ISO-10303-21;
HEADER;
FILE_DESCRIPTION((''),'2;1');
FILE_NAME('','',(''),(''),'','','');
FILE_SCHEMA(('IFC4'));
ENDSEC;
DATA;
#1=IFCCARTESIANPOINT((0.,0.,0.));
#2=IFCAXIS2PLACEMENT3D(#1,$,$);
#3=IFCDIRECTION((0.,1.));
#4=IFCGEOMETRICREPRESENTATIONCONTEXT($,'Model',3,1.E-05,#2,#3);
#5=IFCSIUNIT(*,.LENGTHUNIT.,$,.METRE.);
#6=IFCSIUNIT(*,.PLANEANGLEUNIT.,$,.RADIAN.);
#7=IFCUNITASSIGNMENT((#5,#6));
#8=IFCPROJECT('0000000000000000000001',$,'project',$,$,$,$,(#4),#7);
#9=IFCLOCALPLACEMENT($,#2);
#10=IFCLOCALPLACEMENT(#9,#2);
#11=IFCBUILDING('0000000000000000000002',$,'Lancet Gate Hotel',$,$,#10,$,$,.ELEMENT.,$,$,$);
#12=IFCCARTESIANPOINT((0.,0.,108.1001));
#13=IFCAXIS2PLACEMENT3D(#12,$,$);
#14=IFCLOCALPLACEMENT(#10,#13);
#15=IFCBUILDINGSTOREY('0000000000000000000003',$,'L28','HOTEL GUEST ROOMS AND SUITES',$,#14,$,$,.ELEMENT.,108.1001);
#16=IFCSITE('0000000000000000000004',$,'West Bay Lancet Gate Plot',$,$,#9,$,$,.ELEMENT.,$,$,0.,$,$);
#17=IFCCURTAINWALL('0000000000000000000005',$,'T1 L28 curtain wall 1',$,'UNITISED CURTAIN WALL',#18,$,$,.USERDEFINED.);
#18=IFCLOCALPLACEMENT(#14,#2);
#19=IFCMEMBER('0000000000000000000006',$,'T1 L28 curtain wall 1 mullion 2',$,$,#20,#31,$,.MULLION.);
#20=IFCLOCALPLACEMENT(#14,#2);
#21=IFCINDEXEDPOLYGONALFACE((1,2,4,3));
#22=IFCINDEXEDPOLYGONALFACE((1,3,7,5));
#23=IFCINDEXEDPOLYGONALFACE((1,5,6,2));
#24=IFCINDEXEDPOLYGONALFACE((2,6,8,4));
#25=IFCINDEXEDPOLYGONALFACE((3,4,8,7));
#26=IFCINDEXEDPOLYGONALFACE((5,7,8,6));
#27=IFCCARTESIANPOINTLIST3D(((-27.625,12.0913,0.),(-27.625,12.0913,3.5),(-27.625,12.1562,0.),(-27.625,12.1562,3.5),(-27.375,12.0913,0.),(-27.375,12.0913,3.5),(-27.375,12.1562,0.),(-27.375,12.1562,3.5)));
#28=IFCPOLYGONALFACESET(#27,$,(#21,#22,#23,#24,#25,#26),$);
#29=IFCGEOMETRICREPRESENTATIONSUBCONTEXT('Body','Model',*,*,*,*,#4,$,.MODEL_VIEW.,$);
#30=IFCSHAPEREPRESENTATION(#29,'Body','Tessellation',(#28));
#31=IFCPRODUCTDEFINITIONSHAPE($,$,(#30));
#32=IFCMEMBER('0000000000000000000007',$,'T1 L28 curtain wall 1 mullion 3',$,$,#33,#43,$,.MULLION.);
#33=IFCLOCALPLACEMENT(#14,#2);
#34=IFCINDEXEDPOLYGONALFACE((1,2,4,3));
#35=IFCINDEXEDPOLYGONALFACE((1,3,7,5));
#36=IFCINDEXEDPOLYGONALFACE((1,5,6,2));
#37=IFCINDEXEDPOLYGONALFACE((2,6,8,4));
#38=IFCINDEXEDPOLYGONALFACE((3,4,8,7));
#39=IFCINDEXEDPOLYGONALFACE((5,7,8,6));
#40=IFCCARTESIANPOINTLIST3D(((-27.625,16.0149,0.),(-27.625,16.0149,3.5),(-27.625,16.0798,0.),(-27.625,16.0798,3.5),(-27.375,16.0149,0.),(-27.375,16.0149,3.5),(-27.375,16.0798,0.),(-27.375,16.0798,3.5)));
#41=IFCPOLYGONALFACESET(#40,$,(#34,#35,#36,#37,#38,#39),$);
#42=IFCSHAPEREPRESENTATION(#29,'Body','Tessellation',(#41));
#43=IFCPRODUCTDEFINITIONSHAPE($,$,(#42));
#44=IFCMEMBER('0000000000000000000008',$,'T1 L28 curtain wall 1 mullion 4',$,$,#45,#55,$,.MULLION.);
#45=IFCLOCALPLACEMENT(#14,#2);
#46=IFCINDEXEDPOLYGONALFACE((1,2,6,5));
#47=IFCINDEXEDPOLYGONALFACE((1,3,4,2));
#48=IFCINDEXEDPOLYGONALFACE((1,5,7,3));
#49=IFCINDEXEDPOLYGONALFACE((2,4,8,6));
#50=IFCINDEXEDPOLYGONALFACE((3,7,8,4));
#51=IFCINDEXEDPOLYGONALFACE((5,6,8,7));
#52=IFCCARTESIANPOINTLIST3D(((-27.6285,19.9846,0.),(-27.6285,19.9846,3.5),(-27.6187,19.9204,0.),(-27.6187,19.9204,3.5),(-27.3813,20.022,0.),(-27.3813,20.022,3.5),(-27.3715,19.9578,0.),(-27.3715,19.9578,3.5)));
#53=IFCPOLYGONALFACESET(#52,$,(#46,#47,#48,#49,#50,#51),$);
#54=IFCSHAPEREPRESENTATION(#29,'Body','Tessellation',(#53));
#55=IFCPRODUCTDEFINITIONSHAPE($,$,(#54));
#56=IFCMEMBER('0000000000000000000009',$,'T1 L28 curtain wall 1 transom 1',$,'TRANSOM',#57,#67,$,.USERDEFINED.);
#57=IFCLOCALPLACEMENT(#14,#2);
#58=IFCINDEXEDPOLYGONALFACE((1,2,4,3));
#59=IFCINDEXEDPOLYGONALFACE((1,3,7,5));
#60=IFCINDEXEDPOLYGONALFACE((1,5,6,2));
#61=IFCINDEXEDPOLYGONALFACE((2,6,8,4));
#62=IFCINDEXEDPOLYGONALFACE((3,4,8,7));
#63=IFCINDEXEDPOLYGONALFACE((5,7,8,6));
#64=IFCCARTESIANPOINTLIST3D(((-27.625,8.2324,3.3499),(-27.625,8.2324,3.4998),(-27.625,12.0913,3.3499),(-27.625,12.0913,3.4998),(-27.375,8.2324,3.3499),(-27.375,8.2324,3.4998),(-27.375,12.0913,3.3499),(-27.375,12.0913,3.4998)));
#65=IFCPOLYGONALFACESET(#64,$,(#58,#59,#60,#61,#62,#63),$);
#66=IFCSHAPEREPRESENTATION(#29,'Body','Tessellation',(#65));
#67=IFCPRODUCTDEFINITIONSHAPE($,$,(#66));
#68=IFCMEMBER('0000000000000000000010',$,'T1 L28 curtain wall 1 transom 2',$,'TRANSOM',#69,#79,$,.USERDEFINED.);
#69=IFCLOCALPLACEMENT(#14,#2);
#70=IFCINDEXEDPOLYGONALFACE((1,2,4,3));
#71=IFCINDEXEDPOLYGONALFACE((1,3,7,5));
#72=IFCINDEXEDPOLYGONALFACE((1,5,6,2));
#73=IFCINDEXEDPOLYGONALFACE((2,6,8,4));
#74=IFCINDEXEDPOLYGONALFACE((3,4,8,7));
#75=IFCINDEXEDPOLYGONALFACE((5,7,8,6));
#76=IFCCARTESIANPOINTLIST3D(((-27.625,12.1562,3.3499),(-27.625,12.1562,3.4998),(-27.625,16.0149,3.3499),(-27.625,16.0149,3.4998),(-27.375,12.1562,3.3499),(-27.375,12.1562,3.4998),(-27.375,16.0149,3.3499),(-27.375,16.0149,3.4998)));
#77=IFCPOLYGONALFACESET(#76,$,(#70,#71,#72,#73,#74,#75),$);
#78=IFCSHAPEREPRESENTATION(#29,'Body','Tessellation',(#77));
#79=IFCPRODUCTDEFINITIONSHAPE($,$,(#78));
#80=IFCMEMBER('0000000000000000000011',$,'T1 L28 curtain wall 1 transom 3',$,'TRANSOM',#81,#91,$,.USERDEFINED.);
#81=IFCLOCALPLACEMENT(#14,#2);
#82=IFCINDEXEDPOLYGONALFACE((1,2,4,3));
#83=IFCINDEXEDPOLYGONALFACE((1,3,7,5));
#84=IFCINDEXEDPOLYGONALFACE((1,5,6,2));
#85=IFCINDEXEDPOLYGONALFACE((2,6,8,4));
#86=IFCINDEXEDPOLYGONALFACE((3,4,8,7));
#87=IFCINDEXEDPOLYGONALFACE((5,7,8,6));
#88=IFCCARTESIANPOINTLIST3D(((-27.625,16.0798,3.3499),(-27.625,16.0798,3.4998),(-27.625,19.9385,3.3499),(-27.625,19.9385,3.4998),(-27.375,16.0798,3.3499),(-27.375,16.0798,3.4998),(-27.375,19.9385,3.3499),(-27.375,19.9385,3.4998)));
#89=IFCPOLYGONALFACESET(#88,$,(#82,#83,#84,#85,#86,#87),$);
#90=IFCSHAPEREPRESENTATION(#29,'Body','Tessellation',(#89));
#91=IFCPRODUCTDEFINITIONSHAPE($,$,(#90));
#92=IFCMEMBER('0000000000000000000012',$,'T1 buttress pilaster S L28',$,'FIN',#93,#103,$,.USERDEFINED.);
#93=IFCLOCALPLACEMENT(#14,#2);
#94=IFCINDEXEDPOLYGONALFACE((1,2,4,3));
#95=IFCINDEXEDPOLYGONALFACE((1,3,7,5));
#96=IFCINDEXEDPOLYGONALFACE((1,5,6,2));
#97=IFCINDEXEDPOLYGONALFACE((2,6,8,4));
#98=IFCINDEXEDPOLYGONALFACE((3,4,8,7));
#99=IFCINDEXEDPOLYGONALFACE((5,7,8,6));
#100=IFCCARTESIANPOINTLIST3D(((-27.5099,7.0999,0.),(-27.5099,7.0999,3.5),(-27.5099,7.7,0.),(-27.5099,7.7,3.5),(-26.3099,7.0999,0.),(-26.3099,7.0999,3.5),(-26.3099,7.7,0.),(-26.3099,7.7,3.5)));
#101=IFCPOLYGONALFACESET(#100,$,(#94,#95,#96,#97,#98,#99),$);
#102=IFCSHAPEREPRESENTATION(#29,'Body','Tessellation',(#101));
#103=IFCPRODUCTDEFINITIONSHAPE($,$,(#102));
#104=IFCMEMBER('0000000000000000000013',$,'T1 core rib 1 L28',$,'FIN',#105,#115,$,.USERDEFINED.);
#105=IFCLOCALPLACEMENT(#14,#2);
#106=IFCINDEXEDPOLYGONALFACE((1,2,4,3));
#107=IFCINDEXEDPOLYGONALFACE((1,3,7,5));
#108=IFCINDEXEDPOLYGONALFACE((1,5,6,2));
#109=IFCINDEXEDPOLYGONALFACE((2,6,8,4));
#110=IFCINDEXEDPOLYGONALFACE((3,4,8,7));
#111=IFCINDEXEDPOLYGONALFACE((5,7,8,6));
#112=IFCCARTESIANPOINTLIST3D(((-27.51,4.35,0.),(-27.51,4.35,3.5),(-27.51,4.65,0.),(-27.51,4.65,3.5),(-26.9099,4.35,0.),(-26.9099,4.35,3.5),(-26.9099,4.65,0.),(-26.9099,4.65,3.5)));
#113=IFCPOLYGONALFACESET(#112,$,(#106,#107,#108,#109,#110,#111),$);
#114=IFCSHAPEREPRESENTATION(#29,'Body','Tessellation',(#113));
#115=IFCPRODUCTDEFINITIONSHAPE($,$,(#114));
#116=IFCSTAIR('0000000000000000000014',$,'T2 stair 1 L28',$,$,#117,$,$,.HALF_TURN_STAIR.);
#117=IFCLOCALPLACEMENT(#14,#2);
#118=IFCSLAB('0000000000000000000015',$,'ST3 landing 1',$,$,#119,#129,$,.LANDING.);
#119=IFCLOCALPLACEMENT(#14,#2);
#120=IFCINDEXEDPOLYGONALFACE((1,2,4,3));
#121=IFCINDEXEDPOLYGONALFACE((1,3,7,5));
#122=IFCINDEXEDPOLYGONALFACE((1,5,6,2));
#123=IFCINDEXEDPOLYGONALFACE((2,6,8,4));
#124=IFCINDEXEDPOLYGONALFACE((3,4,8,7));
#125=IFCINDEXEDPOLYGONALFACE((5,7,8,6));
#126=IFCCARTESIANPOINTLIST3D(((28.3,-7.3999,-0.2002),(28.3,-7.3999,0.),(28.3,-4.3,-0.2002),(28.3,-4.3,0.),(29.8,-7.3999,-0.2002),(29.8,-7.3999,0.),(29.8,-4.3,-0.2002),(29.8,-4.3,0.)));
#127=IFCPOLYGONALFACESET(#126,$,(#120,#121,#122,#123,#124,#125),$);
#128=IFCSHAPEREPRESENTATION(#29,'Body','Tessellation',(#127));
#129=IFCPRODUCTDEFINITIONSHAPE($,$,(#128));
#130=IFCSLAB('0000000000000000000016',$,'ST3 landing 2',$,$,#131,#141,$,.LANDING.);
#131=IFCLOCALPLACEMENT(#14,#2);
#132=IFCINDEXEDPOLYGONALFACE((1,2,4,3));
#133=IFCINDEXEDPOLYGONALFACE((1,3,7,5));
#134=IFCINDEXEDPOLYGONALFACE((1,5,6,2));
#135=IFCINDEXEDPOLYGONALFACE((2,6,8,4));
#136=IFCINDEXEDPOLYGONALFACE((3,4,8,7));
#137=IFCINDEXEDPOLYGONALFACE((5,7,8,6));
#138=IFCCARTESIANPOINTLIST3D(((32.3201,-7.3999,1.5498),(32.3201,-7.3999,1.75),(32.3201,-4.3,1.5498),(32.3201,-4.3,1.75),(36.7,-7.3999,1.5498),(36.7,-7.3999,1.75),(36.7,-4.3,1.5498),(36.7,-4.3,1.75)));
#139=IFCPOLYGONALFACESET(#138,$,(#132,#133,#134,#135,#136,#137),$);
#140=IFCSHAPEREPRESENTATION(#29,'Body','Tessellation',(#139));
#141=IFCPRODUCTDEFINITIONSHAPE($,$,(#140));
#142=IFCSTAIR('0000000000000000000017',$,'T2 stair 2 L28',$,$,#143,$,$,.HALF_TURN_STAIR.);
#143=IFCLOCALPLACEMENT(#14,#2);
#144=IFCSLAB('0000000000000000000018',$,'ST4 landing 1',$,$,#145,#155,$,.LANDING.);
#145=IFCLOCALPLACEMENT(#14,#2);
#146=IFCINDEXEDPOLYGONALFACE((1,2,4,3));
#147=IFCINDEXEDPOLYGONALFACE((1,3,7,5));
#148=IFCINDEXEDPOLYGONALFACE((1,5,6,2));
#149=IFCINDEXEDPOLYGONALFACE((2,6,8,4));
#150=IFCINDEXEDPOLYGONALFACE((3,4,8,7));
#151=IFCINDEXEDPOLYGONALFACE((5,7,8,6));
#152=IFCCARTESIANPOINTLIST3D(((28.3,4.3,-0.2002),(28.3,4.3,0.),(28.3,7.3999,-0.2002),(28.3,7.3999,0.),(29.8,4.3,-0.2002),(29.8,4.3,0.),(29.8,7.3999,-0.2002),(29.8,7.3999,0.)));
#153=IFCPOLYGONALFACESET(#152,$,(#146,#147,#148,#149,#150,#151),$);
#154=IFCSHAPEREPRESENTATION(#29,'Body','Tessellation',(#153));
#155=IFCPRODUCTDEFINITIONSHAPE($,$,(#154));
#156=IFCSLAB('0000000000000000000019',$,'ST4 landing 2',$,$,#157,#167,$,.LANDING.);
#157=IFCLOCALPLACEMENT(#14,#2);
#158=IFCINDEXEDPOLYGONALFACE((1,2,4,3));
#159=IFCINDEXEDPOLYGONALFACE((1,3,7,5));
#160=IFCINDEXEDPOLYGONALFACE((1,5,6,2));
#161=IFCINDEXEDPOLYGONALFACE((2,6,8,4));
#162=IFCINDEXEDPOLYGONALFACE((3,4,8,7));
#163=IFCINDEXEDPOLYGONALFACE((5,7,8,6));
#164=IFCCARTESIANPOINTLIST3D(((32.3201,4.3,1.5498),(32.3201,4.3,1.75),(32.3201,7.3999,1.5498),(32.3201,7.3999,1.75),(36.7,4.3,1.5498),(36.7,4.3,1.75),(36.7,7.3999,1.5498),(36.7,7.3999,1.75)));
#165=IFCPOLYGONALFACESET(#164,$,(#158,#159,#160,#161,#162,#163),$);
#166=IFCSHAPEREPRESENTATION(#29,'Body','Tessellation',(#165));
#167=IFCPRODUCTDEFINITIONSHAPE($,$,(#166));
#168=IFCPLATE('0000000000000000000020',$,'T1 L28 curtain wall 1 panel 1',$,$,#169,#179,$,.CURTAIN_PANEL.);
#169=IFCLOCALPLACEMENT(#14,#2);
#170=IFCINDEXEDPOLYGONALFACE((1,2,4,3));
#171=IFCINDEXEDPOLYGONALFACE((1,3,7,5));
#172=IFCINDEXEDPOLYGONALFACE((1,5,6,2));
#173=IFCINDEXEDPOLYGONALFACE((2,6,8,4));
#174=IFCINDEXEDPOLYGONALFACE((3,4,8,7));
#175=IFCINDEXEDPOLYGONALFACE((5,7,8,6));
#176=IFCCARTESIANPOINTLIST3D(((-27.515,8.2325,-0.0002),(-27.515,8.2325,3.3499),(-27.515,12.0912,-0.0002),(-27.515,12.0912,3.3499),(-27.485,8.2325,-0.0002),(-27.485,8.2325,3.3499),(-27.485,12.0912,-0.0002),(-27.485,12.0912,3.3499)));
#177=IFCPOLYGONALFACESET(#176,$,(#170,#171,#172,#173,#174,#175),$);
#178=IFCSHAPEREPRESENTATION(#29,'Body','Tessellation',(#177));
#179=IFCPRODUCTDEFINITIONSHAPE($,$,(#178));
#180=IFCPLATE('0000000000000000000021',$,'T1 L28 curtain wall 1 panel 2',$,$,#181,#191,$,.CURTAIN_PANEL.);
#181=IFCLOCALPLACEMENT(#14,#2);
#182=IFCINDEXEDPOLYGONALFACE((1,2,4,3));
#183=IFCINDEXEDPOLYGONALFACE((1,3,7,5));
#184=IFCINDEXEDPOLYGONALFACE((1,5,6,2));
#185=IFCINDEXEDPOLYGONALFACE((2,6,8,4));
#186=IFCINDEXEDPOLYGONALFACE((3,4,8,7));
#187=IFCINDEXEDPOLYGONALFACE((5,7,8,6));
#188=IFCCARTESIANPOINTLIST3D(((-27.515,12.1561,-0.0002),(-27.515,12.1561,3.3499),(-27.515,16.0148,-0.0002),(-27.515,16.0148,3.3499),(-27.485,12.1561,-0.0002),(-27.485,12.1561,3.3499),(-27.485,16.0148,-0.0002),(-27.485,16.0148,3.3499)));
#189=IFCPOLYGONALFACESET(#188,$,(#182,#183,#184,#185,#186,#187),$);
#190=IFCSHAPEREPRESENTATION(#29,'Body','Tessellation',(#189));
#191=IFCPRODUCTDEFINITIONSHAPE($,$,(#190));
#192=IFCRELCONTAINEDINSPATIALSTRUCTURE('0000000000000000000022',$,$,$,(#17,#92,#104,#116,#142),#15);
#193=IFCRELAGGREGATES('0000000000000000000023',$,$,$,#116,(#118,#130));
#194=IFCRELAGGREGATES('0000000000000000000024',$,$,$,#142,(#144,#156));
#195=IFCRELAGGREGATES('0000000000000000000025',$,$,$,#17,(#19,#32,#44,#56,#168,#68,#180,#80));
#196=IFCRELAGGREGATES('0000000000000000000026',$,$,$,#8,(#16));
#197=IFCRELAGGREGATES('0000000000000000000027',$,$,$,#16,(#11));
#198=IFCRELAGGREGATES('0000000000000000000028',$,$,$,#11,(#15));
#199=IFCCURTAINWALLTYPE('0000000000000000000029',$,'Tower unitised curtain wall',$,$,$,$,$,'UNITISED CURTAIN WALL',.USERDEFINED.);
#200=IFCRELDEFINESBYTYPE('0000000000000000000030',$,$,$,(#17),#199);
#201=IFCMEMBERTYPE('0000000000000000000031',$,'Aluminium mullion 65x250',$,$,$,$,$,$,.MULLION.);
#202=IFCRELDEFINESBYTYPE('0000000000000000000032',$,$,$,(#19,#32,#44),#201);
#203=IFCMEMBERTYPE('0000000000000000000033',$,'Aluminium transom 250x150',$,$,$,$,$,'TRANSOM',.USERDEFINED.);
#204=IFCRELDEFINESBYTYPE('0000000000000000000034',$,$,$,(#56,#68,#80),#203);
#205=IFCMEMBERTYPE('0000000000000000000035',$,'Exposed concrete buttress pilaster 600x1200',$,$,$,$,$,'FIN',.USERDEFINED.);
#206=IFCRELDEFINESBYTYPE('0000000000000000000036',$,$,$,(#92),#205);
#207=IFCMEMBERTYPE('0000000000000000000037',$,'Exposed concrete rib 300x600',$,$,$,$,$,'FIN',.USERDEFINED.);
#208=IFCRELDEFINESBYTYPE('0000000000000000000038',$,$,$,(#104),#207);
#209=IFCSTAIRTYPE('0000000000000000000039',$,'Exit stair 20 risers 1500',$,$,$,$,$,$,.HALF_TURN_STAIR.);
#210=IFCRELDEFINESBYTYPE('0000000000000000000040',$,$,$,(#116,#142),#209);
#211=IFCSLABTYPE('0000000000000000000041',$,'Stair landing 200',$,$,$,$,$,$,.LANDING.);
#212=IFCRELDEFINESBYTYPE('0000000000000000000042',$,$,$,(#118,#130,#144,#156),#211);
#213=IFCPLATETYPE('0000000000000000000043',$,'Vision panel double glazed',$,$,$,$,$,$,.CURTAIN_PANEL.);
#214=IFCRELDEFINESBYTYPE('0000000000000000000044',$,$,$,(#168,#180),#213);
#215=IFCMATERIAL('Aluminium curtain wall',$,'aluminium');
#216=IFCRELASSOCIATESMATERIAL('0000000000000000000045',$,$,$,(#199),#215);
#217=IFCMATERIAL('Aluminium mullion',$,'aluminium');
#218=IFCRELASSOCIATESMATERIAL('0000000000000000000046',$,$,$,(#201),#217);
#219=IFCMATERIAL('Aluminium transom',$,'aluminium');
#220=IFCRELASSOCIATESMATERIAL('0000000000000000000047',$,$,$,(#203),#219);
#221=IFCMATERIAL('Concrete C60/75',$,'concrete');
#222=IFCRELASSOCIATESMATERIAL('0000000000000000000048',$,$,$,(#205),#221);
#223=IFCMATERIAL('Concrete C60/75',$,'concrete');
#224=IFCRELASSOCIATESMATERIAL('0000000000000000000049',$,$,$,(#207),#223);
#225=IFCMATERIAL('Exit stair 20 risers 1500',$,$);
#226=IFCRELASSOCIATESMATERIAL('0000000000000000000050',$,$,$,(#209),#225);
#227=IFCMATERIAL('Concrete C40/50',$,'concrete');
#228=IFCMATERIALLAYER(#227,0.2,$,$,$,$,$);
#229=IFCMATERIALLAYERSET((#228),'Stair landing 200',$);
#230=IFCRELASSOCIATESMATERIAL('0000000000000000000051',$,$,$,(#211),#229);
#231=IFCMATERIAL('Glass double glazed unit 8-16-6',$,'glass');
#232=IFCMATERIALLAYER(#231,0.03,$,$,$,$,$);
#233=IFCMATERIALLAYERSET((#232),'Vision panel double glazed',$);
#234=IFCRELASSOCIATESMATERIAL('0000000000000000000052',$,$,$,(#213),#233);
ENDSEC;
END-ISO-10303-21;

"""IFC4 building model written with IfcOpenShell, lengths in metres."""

from ifc_helpers import new_model, si_unit, direction, frame, origin, origin_2d, place, context, subcontext, project, spatial, polyline, rectangle, outline, extrude, material, layer, layer_set, material_profile, profile_set, type_object, element, aggregate, save


model = new_model("IFC4")

# Units and contexts
model_context = context("Model", 3, precision=1e-05, world=origin(), true_north=direction((0.0, 1.0)))
body_context = subcontext(model_context, "Body", "Model", "MODEL_VIEW")
ifc_project = project(units=[si_unit("LENGTHUNIT", "METRE"), si_unit("PLANEANGLEUNIT", "RADIAN")], contexts=[model_context])

# Site, building, storey
site_placement = place(None, origin())
site = spatial("IfcSite", under=ifc_project, at=site_placement, Name="West Bay Lancet Gate Plot", CompositionType="ELEMENT", RefElevation=0.0)
building_placement = place(site_placement, origin())
building = spatial("IfcBuilding", under=site, at=building_placement, Name="Lancet Gate Hotel", CompositionType="ELEMENT")
storey_placement = place(building_placement, frame((0.0, 0.0, 108.1001)))
storey = spatial("IfcBuildingStorey", under=building, at=storey_placement, Name="L28", Description="HOTEL GUEST ROOMS AND SUITES", CompositionType="ELEMENT", Elevation=108.1001)

# Curtain wall, members
ifc_material_1 = material(Name="Aluminium curtain wall", Category="aluminium")
curtain_wall_type = type_object("IfcCurtainWallType", Name="Tower unitised curtain wall", ElementType="UNITISED CURTAIN WALL", PredefinedType="USERDEFINED", material=ifc_material_1)
curtain_wall_placement = place(storey_placement, origin())
curtain_wall = element("IfcCurtainWall", 1, at=curtain_wall_placement, inside=storey, type_object=curtain_wall_type, Name="T1 L28 curtain wall 1", ObjectType="UNITISED CURTAIN WALL", PredefinedType="USERDEFINED")
ifc_material_2 = material(Name="Aluminium mullion", Category="aluminium")
ifc_material_profile_1 = material_profile(ifc_material_2, rectangle(XDim=0.0649, YDim=0.25, at=origin_2d()), Name="MULLION 65x250")
ifc_profile_set_1 = profile_set([ifc_material_profile_1], Name="Aluminium mullion")
member_type_1 = type_object("IfcMemberType", Name="Aluminium mullion 65x250", PredefinedType="MULLION", material=ifc_profile_set_1)
member_1_placement = place(storey_placement, frame((-27.5, 12.1238, 0.0), z_axis=(0.0, 0.0, 1.0), x_axis=(0.0, 1.0, 0.0)))
member_1 = element("IfcMember", 2, at=member_1_placement, type_object=member_type_1, Name="T1 L28 curtain wall 1 mullion 2", PredefinedType="MULLION", context=body_context, shape_type="SweptSolid", body=[
    extrude(rectangle(XDim=0.0649, YDim=0.25, at=origin_2d()), origin(), (0.0, 0.0, 1.0), 3.5),
])
member_2_placement = place(storey_placement, frame((-27.5, 16.0474, 0.0), z_axis=(0.0, 0.0, 1.0), x_axis=(0.0, 1.0, 0.0)))
member_2 = element("IfcMember", 3, at=member_2_placement, type_object=member_type_1, Name="T1 L28 curtain wall 1 mullion 3", PredefinedType="MULLION", context=body_context, shape_type="SweptSolid", body=[
    extrude(rectangle(XDim=0.0649, YDim=0.25, at=origin_2d()), origin(), (0.0, 0.0, 1.0), 3.5),
])
member_3_placement = place(storey_placement, frame((-27.5, 19.9712, 0.0), z_axis=(0.0, 0.0, 1.0), x_axis=(-0.149634, 0.988741, 0.0)))
member_3 = element("IfcMember", 4, at=member_3_placement, type_object=member_type_1, Name="T1 L28 curtain wall 1 mullion 4", PredefinedType="MULLION", context=body_context, shape_type="SweptSolid", body=[
    extrude(rectangle(XDim=0.0649, YDim=0.25, at=origin_2d()), origin(), (0.0, 0.0, 1.0), 3.5),
])
ifc_material_3 = material(Name="Aluminium transom", Category="aluminium")
ifc_material_profile_2 = material_profile(ifc_material_3, rectangle(XDim=0.25, YDim=0.1499, at=origin_2d()), Name="TRANSOM 250x150")
ifc_profile_set_2 = profile_set([ifc_material_profile_2], Name="Aluminium transom")
member_type_2 = type_object("IfcMemberType", Name="Aluminium transom 250x150", ElementType="TRANSOM", PredefinedType="USERDEFINED", material=ifc_profile_set_2)
member_4_placement = place(storey_placement, frame((-27.5, 8.2324, 3.4248), z_axis=(0.0, 1.0, 0.0), x_axis=(-1.0, 0.0, 0.0)))
member_4 = element("IfcMember", 5, at=member_4_placement, type_object=member_type_2, Name="T1 L28 curtain wall 1 transom 1", ObjectType="TRANSOM", PredefinedType="USERDEFINED", context=body_context, shape_type="SweptSolid", body=[
    extrude(rectangle(XDim=0.25, YDim=0.1499, at=origin_2d()), origin(), (0.0, 0.0, 1.0), 3.8589),
])
member_5_placement = place(storey_placement, frame((-27.5, 12.1562, 3.4248), z_axis=(0.0, 1.0, 0.0), x_axis=(-1.0, 0.0, 0.0)))
member_5 = element("IfcMember", 6, at=member_5_placement, type_object=member_type_2, Name="T1 L28 curtain wall 1 transom 2", ObjectType="TRANSOM", PredefinedType="USERDEFINED", context=body_context, shape_type="SweptSolid", body=[
    extrude(rectangle(XDim=0.25, YDim=0.1499, at=origin_2d()), origin(), (0.0, 0.0, 1.0), 3.8586),
])
member_6_placement = place(storey_placement, frame((-27.5, 16.0798, 3.4248), z_axis=(0.0, 1.0, 0.0), x_axis=(-1.0, 0.0, 0.0)))
member_6 = element("IfcMember", 7, at=member_6_placement, type_object=member_type_2, Name="T1 L28 curtain wall 1 transom 3", ObjectType="TRANSOM", PredefinedType="USERDEFINED", context=body_context, shape_type="SweptSolid", body=[
    extrude(rectangle(XDim=0.25, YDim=0.1499, at=origin_2d()), origin(), (0.0, 0.0, 1.0), 3.8586),
])

# Members
ifc_material_4 = material(Name="Concrete C60/75", Category="concrete")
ifc_material_profile_3 = material_profile(ifc_material_4, rectangle(XDim=0.6001, YDim=1.2, at=origin_2d()), Name="FIN 600x1200")
ifc_profile_set_3 = profile_set([ifc_material_profile_3], Name="Concrete C60/75")
member_type_3 = type_object("IfcMemberType", Name="Exposed concrete buttress pilaster 600x1200", ElementType="FIN", PredefinedType="USERDEFINED", material=ifc_profile_set_3)
member_7_placement = place(storey_placement, frame((-26.9099, 7.3999, 0.0), z_axis=(0.0, 0.0, 1.0), x_axis=(0.0, 1.0, 0.0)))
element("IfcMember", 8, at=member_7_placement, inside=storey, type_object=member_type_3, Name="T1 buttress pilaster S L28", ObjectType="FIN", PredefinedType="USERDEFINED", context=body_context, shape_type="SweptSolid", body=[
    extrude(rectangle(XDim=0.6001, YDim=1.2, at=origin_2d()), origin(), (0.0, 0.0, 1.0), 3.5),
])
ifc_material_5 = material(Name="Concrete C60/75", Category="concrete")
ifc_material_profile_4 = material_profile(ifc_material_5, rectangle(XDim=0.3, YDim=0.6001, at=origin_2d()), Name="FIN 300x600")
ifc_profile_set_4 = profile_set([ifc_material_profile_4], Name="Concrete C60/75")
member_type_4 = type_object("IfcMemberType", Name="Exposed concrete rib 300x600", ElementType="FIN", PredefinedType="USERDEFINED", material=ifc_profile_set_4)
member_8_placement = place(storey_placement, frame((-27.21, 4.5, 0.0), z_axis=(0.0, 0.0, 1.0), x_axis=(0.0, 1.0, 0.0)))
element("IfcMember", 9, at=member_8_placement, inside=storey, type_object=member_type_4, Name="T1 core rib 1 L28", ObjectType="FIN", PredefinedType="USERDEFINED", context=body_context, shape_type="SweptSolid", body=[
    extrude(rectangle(XDim=0.3, YDim=0.6001, at=origin_2d()), origin(), (0.0, 0.0, 1.0), 3.5),
])

# Stairs, slabs
ifc_material_6 = material(Name="Exit stair 20 risers 1500")
stair_type = type_object("IfcStairType", Name="Exit stair 20 risers 1500", PredefinedType="HALF_TURN_STAIR", material=ifc_material_6)
stair_1_placement = place(storey_placement, origin())
stair_1 = element("IfcStair", 10, at=stair_1_placement, inside=storey, type_object=stair_type, Name="T2 stair 1 L28", PredefinedType="HALF_TURN_STAIR")
ifc_material_7 = material(Name="Concrete C40/50", Category="concrete")
ifc_layer_1 = layer(ifc_material_7, 0.2)
ifc_layer_set_1 = layer_set([ifc_layer_1], Name="Stair landing 200")
slab_type = type_object("IfcSlabType", Name="Stair landing 200", PredefinedType="LANDING", material=ifc_layer_set_1)
slab_1_placement = place(storey_placement, frame((0.0, 0.0, -0.2002)))
slab_1 = element("IfcSlab", 11, at=slab_1_placement, type_object=slab_type, Name="ST3 landing 1", PredefinedType="LANDING", context=body_context, shape_type="SweptSolid", body=[
    extrude(outline(polyline([(28.3, -7.3999), (29.8, -7.3999), (29.8, -4.3), (28.3, -4.3), (28.3, -7.3999)])), origin(), (0.0, 0.0, 1.0), 0.2002),
])
slab_2_placement = place(storey_placement, frame((0.0, 0.0, 1.5498)))
slab_2 = element("IfcSlab", 12, at=slab_2_placement, type_object=slab_type, Name="ST3 landing 2", PredefinedType="LANDING", context=body_context, shape_type="SweptSolid", body=[
    extrude(outline(polyline([(32.3201, -7.3999), (36.7, -7.3999), (36.7, -4.3), (32.3201, -4.3), (32.3201, -7.3999)])), origin(), (0.0, 0.0, 1.0), 0.2002),
])
aggregate(stair_1, [slab_1, slab_2])
stair_2_placement = place(storey_placement, origin())
stair_2 = element("IfcStair", 13, at=stair_2_placement, inside=storey, type_object=stair_type, Name="T2 stair 2 L28", PredefinedType="HALF_TURN_STAIR")
slab_3_placement = place(storey_placement, frame((0.0, 0.0, -0.2002)))
slab_3 = element("IfcSlab", 14, at=slab_3_placement, type_object=slab_type, Name="ST4 landing 1", PredefinedType="LANDING", context=body_context, shape_type="SweptSolid", body=[
    extrude(outline(polyline([(28.3, 4.3), (29.8, 4.3), (29.8, 7.3999), (28.3, 7.3999), (28.3, 4.3)])), origin(), (0.0, 0.0, 1.0), 0.2002),
])
slab_4_placement = place(storey_placement, frame((0.0, 0.0, 1.5498)))
slab_4 = element("IfcSlab", 15, at=slab_4_placement, type_object=slab_type, Name="ST4 landing 2", PredefinedType="LANDING", context=body_context, shape_type="SweptSolid", body=[
    extrude(outline(polyline([(32.3201, 4.3), (36.7, 4.3), (36.7, 7.3999), (32.3201, 7.3999), (32.3201, 4.3)])), origin(), (0.0, 0.0, 1.0), 0.2002),
])
aggregate(stair_2, [slab_3, slab_4])

# Plates
ifc_material_8 = material(Name="Glass double glazed unit 8-16-6", Category="glass")
ifc_layer_2 = layer(ifc_material_8, 0.03)
ifc_layer_set_2 = layer_set([ifc_layer_2], Name="Vision panel double glazed")
plate_type = type_object("IfcPlateType", Name="Vision panel double glazed", PredefinedType="CURTAIN_PANEL", material=ifc_layer_set_2)
plate_1_placement = place(storey_placement, frame((-27.5, 10.1619, -0.0002), z_axis=(0.0, 0.0, 1.0), x_axis=(0.0, 1.0, 0.0)))
plate_1 = element("IfcPlate", 16, at=plate_1_placement, type_object=plate_type, Name="T1 L28 curtain wall 1 panel 1", PredefinedType="CURTAIN_PANEL", context=body_context, shape_type="SweptSolid", body=[
    extrude(rectangle(XDim=3.8586, YDim=0.03, at=origin_2d()), origin(), (0.0, 0.0, 1.0), 3.3501),
])
plate_2_placement = place(storey_placement, frame((-27.5, 14.0854, -0.0002), z_axis=(0.0, 0.0, 1.0), x_axis=(0.0, 1.0, 0.0)))
plate_2 = element("IfcPlate", 17, at=plate_2_placement, type_object=plate_type, Name="T1 L28 curtain wall 1 panel 2", PredefinedType="CURTAIN_PANEL", context=body_context, shape_type="SweptSolid", body=[
    extrude(rectangle(XDim=3.8586, YDim=0.03, at=origin_2d()), origin(), (0.0, 0.0, 1.0), 3.3501),
])
aggregate(curtain_wall, [member_1, member_2, member_3, member_4, plate_1, member_5, plate_2, member_6])

save(model, "model.ifc")
